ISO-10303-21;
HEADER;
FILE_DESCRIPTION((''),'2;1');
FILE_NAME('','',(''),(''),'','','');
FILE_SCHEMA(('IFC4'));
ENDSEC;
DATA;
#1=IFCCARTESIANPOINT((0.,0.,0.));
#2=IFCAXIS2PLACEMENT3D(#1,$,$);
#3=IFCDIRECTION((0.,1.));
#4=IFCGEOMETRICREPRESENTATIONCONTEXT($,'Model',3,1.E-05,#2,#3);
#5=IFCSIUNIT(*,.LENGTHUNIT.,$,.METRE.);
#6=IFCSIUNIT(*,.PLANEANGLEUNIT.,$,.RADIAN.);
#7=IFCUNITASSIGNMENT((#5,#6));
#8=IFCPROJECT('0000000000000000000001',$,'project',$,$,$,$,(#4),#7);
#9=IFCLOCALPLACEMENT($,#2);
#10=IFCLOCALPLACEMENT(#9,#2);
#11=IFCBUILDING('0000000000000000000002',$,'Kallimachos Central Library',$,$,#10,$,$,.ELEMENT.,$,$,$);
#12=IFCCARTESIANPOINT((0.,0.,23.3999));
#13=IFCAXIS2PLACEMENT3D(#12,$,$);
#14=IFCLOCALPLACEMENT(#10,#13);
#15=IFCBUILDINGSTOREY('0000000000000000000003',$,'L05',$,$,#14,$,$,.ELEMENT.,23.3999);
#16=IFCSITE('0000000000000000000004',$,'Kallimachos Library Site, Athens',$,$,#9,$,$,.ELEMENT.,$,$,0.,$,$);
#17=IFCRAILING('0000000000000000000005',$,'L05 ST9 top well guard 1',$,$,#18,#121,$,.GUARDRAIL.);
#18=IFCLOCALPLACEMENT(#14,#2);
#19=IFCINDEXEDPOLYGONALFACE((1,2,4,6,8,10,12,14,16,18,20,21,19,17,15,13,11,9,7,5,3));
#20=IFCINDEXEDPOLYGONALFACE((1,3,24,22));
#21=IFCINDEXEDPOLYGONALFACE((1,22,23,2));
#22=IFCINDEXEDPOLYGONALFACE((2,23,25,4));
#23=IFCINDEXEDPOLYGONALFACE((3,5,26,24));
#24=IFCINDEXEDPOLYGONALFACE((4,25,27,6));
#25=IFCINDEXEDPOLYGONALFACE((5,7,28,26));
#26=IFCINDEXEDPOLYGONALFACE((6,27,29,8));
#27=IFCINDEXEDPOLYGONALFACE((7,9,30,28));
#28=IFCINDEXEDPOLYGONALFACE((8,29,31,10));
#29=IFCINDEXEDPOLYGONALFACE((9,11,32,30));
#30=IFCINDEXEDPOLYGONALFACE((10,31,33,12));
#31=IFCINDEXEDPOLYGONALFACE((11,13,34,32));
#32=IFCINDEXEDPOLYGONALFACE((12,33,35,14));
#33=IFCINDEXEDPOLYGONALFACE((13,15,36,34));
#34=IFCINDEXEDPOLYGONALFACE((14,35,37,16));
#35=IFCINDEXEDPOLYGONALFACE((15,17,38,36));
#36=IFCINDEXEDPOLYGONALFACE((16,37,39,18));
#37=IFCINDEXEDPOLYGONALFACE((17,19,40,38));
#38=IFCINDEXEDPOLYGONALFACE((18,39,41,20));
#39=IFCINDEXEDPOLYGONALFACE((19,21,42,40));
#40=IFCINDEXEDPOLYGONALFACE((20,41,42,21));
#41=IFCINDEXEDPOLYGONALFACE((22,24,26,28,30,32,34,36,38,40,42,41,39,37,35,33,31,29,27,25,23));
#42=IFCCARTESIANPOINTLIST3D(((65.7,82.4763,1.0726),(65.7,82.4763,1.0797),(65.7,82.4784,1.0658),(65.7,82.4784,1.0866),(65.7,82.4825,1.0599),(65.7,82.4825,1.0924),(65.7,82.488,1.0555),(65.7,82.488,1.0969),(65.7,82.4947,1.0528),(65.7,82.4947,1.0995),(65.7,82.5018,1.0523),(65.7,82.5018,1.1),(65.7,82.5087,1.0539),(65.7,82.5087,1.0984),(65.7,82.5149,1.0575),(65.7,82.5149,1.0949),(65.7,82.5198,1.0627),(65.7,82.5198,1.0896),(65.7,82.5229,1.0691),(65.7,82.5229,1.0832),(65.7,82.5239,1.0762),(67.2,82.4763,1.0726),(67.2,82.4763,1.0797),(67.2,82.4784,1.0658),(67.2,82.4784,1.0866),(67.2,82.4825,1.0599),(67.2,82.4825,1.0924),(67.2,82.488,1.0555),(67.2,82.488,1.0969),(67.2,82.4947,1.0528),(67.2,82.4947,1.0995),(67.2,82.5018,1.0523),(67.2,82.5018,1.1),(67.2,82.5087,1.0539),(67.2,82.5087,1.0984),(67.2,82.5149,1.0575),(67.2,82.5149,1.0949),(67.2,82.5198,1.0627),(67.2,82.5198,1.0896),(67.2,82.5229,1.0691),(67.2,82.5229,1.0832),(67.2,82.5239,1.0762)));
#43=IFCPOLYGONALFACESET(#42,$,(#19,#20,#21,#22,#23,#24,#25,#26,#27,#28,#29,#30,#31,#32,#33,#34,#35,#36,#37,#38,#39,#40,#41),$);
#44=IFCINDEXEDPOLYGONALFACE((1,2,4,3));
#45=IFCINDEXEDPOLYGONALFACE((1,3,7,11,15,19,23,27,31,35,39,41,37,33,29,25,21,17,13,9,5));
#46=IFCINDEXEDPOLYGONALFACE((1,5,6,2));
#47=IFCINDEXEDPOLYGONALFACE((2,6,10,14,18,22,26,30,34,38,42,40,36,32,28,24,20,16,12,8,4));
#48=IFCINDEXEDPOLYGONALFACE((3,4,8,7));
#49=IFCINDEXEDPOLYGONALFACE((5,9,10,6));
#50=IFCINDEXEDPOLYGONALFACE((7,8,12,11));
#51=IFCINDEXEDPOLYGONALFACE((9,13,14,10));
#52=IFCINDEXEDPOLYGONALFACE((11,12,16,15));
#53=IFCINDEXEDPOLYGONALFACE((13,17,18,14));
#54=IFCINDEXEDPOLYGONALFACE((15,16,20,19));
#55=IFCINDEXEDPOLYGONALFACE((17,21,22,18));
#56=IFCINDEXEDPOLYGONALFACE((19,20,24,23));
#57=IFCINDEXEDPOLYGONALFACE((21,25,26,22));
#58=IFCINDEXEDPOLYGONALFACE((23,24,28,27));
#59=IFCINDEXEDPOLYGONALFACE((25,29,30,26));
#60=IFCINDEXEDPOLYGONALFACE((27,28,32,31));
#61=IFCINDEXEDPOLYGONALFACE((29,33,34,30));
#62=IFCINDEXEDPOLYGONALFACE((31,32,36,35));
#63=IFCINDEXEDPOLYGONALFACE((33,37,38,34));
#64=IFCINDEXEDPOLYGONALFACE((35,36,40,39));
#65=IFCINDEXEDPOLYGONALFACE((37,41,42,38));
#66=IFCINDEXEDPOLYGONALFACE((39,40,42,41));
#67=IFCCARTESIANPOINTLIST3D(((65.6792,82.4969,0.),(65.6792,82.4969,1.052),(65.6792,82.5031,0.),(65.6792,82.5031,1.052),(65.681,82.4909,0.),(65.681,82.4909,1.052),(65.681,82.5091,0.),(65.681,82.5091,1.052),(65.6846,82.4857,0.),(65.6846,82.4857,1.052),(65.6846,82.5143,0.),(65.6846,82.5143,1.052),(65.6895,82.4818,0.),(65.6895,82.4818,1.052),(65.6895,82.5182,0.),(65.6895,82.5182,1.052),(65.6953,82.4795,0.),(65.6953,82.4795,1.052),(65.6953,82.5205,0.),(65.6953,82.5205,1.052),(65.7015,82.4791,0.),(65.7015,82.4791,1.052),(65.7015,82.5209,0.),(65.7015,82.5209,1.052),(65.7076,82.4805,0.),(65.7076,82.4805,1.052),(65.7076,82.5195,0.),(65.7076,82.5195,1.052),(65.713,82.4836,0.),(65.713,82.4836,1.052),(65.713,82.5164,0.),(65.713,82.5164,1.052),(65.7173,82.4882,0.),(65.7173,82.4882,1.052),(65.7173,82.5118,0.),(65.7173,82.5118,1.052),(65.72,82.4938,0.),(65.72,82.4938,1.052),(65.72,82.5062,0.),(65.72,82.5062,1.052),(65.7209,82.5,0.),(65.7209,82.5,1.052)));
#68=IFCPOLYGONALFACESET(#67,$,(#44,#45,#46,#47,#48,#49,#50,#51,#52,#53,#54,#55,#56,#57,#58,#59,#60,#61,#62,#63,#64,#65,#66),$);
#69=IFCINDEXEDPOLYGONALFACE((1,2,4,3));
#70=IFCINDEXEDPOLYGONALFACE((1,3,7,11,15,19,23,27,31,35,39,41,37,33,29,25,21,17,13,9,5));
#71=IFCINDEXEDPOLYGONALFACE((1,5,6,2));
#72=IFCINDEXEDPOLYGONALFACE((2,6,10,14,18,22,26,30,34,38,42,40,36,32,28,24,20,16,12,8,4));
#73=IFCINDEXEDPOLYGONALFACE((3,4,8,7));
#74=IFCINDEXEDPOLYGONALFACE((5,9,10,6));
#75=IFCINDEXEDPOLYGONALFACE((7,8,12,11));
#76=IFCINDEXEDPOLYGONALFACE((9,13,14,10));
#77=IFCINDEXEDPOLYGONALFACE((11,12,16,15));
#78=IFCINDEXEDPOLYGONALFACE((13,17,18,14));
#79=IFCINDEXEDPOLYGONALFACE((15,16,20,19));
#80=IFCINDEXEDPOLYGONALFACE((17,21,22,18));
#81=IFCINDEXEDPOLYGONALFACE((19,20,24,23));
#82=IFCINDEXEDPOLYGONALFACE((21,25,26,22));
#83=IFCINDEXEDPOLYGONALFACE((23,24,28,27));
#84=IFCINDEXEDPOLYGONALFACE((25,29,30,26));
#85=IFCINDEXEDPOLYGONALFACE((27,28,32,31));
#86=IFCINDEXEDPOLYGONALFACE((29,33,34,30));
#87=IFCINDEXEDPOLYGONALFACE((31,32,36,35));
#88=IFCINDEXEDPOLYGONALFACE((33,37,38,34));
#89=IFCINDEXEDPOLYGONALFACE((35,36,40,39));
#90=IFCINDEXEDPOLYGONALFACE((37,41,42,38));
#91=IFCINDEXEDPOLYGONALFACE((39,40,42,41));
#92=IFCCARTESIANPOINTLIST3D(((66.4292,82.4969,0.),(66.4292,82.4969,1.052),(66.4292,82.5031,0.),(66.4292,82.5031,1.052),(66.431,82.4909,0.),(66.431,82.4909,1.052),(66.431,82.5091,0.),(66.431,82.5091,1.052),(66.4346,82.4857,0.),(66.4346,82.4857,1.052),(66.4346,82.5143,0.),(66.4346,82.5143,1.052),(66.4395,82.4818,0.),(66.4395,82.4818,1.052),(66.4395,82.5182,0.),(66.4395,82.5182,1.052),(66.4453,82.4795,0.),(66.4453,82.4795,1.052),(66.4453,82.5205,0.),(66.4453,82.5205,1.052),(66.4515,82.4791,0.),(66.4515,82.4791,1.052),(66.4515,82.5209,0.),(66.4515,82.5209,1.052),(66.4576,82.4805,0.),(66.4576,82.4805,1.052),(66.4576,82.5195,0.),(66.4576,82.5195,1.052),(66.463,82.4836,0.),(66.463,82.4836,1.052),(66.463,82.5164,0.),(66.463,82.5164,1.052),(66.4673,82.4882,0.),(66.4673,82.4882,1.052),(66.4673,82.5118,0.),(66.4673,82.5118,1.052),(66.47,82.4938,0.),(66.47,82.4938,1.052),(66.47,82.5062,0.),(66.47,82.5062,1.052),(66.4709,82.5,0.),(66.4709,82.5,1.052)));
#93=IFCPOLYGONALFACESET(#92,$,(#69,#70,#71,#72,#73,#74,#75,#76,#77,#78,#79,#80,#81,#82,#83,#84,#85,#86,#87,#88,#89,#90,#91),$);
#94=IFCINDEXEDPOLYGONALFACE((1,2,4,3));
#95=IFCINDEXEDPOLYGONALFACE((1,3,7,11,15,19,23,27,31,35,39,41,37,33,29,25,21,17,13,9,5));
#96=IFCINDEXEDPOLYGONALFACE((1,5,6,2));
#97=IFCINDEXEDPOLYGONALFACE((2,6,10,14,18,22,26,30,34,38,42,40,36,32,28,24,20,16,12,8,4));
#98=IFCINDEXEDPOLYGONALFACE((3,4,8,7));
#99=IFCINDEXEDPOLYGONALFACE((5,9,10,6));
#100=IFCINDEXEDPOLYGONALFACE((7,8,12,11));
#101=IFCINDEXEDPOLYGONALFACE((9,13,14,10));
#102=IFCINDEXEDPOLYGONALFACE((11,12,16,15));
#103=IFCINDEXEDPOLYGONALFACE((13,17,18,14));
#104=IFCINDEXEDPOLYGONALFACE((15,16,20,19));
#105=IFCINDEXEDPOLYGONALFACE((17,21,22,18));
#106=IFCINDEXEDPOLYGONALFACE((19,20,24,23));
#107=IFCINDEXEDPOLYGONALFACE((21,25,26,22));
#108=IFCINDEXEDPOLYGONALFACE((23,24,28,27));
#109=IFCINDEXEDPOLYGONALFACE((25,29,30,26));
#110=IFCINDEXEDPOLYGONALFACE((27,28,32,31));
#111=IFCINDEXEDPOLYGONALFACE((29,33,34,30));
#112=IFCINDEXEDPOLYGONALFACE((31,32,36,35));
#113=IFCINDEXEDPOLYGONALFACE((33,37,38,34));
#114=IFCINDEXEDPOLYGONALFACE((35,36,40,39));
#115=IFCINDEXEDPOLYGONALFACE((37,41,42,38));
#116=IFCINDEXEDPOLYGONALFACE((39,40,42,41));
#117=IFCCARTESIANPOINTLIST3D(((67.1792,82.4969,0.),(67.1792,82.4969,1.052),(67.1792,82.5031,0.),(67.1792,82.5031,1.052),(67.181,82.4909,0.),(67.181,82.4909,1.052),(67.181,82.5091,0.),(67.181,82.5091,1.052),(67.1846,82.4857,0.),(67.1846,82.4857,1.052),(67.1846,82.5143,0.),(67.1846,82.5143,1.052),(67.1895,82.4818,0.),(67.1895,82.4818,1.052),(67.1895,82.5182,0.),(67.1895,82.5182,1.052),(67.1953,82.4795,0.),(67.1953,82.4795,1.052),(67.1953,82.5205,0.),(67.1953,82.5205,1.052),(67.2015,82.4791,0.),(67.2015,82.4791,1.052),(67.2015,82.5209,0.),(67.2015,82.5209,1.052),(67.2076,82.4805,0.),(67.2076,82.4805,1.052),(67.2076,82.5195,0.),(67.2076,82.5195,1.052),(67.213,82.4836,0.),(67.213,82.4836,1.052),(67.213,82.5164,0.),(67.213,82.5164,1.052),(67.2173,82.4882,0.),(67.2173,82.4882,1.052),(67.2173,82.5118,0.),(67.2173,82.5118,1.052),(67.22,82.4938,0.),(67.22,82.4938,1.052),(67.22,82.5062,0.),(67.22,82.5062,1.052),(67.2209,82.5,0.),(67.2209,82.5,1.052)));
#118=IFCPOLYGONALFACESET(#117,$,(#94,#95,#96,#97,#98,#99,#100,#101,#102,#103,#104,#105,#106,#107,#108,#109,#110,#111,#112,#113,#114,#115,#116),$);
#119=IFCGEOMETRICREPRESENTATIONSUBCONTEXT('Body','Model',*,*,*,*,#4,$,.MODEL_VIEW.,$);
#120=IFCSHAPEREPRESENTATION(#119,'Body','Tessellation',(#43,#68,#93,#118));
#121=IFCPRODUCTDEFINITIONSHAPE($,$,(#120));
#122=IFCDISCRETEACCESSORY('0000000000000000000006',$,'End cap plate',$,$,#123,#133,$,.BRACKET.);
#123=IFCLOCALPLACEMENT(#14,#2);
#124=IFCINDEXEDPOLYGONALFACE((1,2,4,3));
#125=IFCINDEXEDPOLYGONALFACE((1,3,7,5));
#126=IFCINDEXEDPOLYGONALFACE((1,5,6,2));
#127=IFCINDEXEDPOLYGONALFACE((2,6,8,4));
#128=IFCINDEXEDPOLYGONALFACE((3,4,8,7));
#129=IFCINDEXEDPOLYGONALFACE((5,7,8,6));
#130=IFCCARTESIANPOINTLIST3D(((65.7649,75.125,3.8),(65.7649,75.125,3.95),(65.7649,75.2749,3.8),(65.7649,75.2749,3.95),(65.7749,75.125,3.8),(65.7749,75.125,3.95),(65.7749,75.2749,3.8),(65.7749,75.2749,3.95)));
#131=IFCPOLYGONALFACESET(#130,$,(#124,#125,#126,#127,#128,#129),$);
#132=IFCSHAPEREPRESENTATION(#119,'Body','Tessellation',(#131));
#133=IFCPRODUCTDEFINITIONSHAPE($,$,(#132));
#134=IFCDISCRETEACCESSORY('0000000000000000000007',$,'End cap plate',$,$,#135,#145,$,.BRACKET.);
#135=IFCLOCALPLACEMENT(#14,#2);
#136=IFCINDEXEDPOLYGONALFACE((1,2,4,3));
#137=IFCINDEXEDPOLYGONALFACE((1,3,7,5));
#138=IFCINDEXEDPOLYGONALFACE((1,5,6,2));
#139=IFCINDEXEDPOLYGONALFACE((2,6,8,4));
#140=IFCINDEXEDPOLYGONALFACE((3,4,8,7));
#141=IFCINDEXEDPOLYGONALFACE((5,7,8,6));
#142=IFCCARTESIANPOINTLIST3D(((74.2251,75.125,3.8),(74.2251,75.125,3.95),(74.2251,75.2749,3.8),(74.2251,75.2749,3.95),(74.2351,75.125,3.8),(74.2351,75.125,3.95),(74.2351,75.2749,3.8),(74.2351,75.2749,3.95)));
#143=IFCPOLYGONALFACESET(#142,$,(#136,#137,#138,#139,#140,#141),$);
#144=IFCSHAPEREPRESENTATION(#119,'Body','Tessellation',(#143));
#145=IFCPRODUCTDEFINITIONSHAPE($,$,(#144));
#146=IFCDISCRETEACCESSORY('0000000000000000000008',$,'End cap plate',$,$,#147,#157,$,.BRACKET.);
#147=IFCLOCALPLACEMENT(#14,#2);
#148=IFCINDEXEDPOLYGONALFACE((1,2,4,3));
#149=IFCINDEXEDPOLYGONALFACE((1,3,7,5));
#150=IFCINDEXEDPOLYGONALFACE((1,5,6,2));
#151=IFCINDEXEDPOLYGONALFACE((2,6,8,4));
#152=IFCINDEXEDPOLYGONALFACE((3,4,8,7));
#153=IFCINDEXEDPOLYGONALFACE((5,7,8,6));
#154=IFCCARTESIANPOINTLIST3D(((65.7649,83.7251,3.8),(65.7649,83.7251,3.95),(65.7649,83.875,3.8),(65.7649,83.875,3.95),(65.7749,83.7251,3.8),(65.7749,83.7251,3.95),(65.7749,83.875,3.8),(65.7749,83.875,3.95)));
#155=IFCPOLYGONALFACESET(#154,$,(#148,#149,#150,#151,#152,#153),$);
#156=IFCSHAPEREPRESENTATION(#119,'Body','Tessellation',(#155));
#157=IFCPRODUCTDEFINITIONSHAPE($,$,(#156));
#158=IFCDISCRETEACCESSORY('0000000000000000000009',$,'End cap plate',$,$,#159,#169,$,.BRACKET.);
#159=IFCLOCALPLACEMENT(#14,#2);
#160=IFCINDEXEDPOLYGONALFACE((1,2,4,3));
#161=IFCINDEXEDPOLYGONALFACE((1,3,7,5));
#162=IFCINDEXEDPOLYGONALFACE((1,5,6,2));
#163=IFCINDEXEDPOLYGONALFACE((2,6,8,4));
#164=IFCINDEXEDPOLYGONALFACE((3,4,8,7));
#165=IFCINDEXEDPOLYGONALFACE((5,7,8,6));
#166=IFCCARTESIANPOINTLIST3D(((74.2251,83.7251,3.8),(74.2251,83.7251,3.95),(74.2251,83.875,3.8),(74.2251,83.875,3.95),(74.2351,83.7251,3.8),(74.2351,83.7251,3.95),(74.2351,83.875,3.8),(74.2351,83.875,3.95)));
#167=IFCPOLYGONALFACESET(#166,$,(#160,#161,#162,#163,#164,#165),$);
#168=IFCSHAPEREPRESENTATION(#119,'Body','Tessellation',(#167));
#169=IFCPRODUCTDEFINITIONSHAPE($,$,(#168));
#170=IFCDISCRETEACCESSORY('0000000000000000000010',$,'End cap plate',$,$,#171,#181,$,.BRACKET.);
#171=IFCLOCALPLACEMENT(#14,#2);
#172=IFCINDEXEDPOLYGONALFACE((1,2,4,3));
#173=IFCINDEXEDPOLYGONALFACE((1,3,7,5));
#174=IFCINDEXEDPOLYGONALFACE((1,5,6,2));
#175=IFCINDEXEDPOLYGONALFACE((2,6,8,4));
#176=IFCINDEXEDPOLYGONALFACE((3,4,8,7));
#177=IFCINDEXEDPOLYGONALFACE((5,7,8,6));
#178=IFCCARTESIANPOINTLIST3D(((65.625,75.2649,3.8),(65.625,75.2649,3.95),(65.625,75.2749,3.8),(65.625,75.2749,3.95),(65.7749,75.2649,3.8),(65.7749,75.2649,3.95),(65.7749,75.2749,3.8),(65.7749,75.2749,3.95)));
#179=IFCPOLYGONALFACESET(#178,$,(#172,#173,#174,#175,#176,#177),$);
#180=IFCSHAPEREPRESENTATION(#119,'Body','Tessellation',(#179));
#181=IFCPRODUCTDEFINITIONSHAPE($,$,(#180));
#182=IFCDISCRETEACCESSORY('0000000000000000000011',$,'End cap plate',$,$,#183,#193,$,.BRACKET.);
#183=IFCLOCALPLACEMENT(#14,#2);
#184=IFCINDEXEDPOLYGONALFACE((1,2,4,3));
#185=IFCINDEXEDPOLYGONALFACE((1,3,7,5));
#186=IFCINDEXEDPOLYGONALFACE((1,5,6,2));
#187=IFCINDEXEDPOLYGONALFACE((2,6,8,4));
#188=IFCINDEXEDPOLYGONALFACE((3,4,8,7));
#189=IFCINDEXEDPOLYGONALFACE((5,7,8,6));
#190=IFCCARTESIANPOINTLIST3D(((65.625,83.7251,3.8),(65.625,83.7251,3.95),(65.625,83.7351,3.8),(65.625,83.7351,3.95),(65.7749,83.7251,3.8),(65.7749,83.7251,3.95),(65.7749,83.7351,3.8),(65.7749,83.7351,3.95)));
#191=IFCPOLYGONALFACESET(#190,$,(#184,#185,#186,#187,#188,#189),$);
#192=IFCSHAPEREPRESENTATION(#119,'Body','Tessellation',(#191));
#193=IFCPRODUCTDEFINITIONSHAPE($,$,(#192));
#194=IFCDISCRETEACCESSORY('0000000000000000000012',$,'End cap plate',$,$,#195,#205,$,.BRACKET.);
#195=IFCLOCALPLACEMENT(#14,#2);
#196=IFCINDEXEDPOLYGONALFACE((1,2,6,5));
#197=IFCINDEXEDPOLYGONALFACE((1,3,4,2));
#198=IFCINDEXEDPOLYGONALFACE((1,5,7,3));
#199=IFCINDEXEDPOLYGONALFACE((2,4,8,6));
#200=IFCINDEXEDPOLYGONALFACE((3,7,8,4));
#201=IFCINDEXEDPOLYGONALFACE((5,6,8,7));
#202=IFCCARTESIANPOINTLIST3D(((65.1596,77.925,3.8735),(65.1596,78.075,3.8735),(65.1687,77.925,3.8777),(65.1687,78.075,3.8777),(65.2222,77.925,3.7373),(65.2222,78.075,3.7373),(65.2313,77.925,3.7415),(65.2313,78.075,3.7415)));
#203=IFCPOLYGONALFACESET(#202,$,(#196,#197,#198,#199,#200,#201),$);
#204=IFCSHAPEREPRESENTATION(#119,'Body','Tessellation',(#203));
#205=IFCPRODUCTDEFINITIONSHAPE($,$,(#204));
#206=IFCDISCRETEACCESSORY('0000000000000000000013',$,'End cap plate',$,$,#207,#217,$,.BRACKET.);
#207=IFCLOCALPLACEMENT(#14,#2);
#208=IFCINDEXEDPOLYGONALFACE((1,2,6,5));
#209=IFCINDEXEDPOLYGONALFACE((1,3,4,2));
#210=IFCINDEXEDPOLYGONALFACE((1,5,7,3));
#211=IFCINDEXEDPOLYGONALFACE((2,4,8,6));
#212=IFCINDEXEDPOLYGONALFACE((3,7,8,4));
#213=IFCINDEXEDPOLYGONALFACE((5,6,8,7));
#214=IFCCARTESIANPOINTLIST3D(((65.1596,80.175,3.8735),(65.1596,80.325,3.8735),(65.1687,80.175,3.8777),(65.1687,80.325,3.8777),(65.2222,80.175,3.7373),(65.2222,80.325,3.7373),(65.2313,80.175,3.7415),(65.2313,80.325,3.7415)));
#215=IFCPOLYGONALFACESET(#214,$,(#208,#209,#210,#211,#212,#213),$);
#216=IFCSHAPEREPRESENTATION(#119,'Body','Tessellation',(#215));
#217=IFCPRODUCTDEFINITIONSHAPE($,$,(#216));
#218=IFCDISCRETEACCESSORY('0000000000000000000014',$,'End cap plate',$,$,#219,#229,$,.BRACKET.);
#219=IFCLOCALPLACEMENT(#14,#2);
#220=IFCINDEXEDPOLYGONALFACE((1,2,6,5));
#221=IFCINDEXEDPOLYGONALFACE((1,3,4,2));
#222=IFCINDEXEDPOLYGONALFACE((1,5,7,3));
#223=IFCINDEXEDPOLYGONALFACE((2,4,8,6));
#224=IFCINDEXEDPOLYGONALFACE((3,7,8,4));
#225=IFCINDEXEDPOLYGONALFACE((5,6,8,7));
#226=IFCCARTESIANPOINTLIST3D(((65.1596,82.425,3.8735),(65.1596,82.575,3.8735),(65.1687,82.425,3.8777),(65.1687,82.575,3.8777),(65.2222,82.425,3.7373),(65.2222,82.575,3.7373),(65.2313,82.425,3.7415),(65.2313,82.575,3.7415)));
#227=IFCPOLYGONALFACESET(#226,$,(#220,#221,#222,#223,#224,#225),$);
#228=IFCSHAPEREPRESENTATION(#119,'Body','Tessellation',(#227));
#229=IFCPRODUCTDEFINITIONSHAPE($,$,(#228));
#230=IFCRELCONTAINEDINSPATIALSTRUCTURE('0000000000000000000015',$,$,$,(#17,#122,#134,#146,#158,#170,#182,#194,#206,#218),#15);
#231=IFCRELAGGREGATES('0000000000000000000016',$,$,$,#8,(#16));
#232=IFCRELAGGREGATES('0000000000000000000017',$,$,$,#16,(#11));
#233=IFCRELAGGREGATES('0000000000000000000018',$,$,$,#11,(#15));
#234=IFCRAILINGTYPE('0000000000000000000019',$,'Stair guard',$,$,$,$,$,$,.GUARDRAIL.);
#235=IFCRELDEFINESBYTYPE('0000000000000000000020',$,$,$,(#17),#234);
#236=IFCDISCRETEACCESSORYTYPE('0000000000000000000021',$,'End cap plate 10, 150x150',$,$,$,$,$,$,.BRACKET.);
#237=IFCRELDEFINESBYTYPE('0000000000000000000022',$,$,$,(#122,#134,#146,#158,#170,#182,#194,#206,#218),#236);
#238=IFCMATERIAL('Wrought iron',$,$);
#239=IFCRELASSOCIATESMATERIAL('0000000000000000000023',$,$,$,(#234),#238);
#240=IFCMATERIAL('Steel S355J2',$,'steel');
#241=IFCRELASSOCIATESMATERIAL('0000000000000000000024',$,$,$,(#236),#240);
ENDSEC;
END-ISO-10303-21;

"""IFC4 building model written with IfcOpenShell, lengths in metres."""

from ifc_helpers import new_model, si_unit, direction, frame, origin, origin_2d, place, context, subcontext, project, spatial, rectangle, circle, extrude, material, material_profile, profile_set, type_object, element, save


model = new_model("IFC4")

# Units and contexts
model_context = context("Model", 3, precision=1e-05, world=origin(), true_north=direction((0.0, 1.0)))
body_context = subcontext(model_context, "Body", "Model", "MODEL_VIEW")
ifc_project = project(units=[si_unit("LENGTHUNIT", "METRE"), si_unit("PLANEANGLEUNIT", "RADIAN")], contexts=[model_context])

# Site, building, storey
site_placement = place(None, origin())
site = spatial("IfcSite", under=ifc_project, at=site_placement, Name="Kallimachos Library Site, Athens", CompositionType="ELEMENT", RefElevation=0.0)
building_placement = place(site_placement, origin())
building = spatial("IfcBuilding", under=site, at=building_placement, Name="Kallimachos Central Library", CompositionType="ELEMENT")
storey_placement = place(building_placement, frame((0.0, 0.0, 23.3999)))
storey = spatial("IfcBuildingStorey", under=building, at=storey_placement, Name="L05", CompositionType="ELEMENT", Elevation=23.3999)

# Railing
ifc_material_1 = material(Name="Wrought iron")
railing_type = type_object("IfcRailingType", Name="Stair guard", PredefinedType="GUARDRAIL", material=ifc_material_1)
railing_placement = place(storey_placement, frame((65.7, 82.5, 0.0)))
element("IfcRailing", 1, at=railing_placement, inside=storey, type_object=railing_type, Name="L05 ST9 top well guard 1", PredefinedType="GUARDRAIL", context=body_context, shape_type="SweptSolid", body=[
    extrude(circle(Radius=0.0239, at=origin_2d()), frame((0.0, 0.0, 1.0762), z_axis=(1.0, 0.0, 0.0), x_axis=(0.0, 1.0, 0.0)), (0.0, 0.0, 1.0), 1.5),
    extrude(circle(Radius=0.021, at=origin_2d()), origin(), (0.0, 0.0, 1.0), 1.052),
    extrude(circle(Radius=0.021, at=origin_2d()), frame((0.75, 0.0, 0.0)), (0.0, 0.0, 1.0), 1.052),
    extrude(circle(Radius=0.021, at=origin_2d()), frame((1.5, 0.0, 0.0)), (0.0, 0.0, 1.0), 1.052),
])

# Discrete accessories
ifc_material_2 = material(Name="Steel S355J2", Category="steel")
ifc_material_profile_1 = material_profile(ifc_material_2, rectangle(XDim=0.1499, YDim=0.1499, at=origin_2d()), Name="End cap plate 10, 150x150")
ifc_profile_set_1 = profile_set([ifc_material_profile_1], Name="Steel S355J2")
discrete_accessory_type = type_object("IfcDiscreteAccessoryType", Name="End cap plate 10, 150x150", PredefinedType="BRACKET", material=ifc_profile_set_1)
for number, where, z_axis, x_axis, name in (
    (2, (65.7649, 75.2, 3.875), (1.0, 0.0, 0.0), (0.0, 1.0, 0.0), "End cap plate"),
    (3, (74.2251, 75.2, 3.875), (1.0, 0.0, 0.0), (0.0, 1.0, 0.0), "End cap plate"),
    (4, (65.7649, 83.8, 3.875), (1.0, 0.0, 0.0), (0.0, 1.0, 0.0), "End cap plate"),
    (5, (74.2251, 83.8, 3.875), (1.0, 0.0, 0.0), (0.0, 1.0, 0.0), "End cap plate"),
    (6, (65.7, 75.2649, 3.875), (0.0, 1.0, 0.0), (-1.0, 0.0, 0.0), "End cap plate"),
    (7, (65.7, 83.7251, 3.875), (0.0, 1.0, 0.0), (-1.0, 0.0, 0.0), "End cap plate"),
    (8, (65.1909, 78.0, 3.8054), (0.908677, 0.0, 0.4175), (0.0, 1.0, 0.0), "End cap plate"),
    (9, (65.1909, 80.25, 3.8054), (0.908677, 0.0, 0.4175), (0.0, 1.0, 0.0), "End cap plate"),
    (10, (65.1909, 82.5, 3.8054), (0.908677, 0.0, 0.4175), (0.0, 1.0, 0.0), "End cap plate"),
):
    element("IfcDiscreteAccessory", number, at=place(storey_placement, frame(where, z_axis=z_axis, x_axis=x_axis)), inside=storey, type_object=discrete_accessory_type, Name=name, PredefinedType="BRACKET", context=body_context, shape_type="SweptSolid", body=[
        extrude(rectangle(XDim=0.1499, YDim=0.1499, at=origin_2d()), origin(), (0.0, 0.0, 1.0), 0.01),
    ])

save(model, "model.ifc")
